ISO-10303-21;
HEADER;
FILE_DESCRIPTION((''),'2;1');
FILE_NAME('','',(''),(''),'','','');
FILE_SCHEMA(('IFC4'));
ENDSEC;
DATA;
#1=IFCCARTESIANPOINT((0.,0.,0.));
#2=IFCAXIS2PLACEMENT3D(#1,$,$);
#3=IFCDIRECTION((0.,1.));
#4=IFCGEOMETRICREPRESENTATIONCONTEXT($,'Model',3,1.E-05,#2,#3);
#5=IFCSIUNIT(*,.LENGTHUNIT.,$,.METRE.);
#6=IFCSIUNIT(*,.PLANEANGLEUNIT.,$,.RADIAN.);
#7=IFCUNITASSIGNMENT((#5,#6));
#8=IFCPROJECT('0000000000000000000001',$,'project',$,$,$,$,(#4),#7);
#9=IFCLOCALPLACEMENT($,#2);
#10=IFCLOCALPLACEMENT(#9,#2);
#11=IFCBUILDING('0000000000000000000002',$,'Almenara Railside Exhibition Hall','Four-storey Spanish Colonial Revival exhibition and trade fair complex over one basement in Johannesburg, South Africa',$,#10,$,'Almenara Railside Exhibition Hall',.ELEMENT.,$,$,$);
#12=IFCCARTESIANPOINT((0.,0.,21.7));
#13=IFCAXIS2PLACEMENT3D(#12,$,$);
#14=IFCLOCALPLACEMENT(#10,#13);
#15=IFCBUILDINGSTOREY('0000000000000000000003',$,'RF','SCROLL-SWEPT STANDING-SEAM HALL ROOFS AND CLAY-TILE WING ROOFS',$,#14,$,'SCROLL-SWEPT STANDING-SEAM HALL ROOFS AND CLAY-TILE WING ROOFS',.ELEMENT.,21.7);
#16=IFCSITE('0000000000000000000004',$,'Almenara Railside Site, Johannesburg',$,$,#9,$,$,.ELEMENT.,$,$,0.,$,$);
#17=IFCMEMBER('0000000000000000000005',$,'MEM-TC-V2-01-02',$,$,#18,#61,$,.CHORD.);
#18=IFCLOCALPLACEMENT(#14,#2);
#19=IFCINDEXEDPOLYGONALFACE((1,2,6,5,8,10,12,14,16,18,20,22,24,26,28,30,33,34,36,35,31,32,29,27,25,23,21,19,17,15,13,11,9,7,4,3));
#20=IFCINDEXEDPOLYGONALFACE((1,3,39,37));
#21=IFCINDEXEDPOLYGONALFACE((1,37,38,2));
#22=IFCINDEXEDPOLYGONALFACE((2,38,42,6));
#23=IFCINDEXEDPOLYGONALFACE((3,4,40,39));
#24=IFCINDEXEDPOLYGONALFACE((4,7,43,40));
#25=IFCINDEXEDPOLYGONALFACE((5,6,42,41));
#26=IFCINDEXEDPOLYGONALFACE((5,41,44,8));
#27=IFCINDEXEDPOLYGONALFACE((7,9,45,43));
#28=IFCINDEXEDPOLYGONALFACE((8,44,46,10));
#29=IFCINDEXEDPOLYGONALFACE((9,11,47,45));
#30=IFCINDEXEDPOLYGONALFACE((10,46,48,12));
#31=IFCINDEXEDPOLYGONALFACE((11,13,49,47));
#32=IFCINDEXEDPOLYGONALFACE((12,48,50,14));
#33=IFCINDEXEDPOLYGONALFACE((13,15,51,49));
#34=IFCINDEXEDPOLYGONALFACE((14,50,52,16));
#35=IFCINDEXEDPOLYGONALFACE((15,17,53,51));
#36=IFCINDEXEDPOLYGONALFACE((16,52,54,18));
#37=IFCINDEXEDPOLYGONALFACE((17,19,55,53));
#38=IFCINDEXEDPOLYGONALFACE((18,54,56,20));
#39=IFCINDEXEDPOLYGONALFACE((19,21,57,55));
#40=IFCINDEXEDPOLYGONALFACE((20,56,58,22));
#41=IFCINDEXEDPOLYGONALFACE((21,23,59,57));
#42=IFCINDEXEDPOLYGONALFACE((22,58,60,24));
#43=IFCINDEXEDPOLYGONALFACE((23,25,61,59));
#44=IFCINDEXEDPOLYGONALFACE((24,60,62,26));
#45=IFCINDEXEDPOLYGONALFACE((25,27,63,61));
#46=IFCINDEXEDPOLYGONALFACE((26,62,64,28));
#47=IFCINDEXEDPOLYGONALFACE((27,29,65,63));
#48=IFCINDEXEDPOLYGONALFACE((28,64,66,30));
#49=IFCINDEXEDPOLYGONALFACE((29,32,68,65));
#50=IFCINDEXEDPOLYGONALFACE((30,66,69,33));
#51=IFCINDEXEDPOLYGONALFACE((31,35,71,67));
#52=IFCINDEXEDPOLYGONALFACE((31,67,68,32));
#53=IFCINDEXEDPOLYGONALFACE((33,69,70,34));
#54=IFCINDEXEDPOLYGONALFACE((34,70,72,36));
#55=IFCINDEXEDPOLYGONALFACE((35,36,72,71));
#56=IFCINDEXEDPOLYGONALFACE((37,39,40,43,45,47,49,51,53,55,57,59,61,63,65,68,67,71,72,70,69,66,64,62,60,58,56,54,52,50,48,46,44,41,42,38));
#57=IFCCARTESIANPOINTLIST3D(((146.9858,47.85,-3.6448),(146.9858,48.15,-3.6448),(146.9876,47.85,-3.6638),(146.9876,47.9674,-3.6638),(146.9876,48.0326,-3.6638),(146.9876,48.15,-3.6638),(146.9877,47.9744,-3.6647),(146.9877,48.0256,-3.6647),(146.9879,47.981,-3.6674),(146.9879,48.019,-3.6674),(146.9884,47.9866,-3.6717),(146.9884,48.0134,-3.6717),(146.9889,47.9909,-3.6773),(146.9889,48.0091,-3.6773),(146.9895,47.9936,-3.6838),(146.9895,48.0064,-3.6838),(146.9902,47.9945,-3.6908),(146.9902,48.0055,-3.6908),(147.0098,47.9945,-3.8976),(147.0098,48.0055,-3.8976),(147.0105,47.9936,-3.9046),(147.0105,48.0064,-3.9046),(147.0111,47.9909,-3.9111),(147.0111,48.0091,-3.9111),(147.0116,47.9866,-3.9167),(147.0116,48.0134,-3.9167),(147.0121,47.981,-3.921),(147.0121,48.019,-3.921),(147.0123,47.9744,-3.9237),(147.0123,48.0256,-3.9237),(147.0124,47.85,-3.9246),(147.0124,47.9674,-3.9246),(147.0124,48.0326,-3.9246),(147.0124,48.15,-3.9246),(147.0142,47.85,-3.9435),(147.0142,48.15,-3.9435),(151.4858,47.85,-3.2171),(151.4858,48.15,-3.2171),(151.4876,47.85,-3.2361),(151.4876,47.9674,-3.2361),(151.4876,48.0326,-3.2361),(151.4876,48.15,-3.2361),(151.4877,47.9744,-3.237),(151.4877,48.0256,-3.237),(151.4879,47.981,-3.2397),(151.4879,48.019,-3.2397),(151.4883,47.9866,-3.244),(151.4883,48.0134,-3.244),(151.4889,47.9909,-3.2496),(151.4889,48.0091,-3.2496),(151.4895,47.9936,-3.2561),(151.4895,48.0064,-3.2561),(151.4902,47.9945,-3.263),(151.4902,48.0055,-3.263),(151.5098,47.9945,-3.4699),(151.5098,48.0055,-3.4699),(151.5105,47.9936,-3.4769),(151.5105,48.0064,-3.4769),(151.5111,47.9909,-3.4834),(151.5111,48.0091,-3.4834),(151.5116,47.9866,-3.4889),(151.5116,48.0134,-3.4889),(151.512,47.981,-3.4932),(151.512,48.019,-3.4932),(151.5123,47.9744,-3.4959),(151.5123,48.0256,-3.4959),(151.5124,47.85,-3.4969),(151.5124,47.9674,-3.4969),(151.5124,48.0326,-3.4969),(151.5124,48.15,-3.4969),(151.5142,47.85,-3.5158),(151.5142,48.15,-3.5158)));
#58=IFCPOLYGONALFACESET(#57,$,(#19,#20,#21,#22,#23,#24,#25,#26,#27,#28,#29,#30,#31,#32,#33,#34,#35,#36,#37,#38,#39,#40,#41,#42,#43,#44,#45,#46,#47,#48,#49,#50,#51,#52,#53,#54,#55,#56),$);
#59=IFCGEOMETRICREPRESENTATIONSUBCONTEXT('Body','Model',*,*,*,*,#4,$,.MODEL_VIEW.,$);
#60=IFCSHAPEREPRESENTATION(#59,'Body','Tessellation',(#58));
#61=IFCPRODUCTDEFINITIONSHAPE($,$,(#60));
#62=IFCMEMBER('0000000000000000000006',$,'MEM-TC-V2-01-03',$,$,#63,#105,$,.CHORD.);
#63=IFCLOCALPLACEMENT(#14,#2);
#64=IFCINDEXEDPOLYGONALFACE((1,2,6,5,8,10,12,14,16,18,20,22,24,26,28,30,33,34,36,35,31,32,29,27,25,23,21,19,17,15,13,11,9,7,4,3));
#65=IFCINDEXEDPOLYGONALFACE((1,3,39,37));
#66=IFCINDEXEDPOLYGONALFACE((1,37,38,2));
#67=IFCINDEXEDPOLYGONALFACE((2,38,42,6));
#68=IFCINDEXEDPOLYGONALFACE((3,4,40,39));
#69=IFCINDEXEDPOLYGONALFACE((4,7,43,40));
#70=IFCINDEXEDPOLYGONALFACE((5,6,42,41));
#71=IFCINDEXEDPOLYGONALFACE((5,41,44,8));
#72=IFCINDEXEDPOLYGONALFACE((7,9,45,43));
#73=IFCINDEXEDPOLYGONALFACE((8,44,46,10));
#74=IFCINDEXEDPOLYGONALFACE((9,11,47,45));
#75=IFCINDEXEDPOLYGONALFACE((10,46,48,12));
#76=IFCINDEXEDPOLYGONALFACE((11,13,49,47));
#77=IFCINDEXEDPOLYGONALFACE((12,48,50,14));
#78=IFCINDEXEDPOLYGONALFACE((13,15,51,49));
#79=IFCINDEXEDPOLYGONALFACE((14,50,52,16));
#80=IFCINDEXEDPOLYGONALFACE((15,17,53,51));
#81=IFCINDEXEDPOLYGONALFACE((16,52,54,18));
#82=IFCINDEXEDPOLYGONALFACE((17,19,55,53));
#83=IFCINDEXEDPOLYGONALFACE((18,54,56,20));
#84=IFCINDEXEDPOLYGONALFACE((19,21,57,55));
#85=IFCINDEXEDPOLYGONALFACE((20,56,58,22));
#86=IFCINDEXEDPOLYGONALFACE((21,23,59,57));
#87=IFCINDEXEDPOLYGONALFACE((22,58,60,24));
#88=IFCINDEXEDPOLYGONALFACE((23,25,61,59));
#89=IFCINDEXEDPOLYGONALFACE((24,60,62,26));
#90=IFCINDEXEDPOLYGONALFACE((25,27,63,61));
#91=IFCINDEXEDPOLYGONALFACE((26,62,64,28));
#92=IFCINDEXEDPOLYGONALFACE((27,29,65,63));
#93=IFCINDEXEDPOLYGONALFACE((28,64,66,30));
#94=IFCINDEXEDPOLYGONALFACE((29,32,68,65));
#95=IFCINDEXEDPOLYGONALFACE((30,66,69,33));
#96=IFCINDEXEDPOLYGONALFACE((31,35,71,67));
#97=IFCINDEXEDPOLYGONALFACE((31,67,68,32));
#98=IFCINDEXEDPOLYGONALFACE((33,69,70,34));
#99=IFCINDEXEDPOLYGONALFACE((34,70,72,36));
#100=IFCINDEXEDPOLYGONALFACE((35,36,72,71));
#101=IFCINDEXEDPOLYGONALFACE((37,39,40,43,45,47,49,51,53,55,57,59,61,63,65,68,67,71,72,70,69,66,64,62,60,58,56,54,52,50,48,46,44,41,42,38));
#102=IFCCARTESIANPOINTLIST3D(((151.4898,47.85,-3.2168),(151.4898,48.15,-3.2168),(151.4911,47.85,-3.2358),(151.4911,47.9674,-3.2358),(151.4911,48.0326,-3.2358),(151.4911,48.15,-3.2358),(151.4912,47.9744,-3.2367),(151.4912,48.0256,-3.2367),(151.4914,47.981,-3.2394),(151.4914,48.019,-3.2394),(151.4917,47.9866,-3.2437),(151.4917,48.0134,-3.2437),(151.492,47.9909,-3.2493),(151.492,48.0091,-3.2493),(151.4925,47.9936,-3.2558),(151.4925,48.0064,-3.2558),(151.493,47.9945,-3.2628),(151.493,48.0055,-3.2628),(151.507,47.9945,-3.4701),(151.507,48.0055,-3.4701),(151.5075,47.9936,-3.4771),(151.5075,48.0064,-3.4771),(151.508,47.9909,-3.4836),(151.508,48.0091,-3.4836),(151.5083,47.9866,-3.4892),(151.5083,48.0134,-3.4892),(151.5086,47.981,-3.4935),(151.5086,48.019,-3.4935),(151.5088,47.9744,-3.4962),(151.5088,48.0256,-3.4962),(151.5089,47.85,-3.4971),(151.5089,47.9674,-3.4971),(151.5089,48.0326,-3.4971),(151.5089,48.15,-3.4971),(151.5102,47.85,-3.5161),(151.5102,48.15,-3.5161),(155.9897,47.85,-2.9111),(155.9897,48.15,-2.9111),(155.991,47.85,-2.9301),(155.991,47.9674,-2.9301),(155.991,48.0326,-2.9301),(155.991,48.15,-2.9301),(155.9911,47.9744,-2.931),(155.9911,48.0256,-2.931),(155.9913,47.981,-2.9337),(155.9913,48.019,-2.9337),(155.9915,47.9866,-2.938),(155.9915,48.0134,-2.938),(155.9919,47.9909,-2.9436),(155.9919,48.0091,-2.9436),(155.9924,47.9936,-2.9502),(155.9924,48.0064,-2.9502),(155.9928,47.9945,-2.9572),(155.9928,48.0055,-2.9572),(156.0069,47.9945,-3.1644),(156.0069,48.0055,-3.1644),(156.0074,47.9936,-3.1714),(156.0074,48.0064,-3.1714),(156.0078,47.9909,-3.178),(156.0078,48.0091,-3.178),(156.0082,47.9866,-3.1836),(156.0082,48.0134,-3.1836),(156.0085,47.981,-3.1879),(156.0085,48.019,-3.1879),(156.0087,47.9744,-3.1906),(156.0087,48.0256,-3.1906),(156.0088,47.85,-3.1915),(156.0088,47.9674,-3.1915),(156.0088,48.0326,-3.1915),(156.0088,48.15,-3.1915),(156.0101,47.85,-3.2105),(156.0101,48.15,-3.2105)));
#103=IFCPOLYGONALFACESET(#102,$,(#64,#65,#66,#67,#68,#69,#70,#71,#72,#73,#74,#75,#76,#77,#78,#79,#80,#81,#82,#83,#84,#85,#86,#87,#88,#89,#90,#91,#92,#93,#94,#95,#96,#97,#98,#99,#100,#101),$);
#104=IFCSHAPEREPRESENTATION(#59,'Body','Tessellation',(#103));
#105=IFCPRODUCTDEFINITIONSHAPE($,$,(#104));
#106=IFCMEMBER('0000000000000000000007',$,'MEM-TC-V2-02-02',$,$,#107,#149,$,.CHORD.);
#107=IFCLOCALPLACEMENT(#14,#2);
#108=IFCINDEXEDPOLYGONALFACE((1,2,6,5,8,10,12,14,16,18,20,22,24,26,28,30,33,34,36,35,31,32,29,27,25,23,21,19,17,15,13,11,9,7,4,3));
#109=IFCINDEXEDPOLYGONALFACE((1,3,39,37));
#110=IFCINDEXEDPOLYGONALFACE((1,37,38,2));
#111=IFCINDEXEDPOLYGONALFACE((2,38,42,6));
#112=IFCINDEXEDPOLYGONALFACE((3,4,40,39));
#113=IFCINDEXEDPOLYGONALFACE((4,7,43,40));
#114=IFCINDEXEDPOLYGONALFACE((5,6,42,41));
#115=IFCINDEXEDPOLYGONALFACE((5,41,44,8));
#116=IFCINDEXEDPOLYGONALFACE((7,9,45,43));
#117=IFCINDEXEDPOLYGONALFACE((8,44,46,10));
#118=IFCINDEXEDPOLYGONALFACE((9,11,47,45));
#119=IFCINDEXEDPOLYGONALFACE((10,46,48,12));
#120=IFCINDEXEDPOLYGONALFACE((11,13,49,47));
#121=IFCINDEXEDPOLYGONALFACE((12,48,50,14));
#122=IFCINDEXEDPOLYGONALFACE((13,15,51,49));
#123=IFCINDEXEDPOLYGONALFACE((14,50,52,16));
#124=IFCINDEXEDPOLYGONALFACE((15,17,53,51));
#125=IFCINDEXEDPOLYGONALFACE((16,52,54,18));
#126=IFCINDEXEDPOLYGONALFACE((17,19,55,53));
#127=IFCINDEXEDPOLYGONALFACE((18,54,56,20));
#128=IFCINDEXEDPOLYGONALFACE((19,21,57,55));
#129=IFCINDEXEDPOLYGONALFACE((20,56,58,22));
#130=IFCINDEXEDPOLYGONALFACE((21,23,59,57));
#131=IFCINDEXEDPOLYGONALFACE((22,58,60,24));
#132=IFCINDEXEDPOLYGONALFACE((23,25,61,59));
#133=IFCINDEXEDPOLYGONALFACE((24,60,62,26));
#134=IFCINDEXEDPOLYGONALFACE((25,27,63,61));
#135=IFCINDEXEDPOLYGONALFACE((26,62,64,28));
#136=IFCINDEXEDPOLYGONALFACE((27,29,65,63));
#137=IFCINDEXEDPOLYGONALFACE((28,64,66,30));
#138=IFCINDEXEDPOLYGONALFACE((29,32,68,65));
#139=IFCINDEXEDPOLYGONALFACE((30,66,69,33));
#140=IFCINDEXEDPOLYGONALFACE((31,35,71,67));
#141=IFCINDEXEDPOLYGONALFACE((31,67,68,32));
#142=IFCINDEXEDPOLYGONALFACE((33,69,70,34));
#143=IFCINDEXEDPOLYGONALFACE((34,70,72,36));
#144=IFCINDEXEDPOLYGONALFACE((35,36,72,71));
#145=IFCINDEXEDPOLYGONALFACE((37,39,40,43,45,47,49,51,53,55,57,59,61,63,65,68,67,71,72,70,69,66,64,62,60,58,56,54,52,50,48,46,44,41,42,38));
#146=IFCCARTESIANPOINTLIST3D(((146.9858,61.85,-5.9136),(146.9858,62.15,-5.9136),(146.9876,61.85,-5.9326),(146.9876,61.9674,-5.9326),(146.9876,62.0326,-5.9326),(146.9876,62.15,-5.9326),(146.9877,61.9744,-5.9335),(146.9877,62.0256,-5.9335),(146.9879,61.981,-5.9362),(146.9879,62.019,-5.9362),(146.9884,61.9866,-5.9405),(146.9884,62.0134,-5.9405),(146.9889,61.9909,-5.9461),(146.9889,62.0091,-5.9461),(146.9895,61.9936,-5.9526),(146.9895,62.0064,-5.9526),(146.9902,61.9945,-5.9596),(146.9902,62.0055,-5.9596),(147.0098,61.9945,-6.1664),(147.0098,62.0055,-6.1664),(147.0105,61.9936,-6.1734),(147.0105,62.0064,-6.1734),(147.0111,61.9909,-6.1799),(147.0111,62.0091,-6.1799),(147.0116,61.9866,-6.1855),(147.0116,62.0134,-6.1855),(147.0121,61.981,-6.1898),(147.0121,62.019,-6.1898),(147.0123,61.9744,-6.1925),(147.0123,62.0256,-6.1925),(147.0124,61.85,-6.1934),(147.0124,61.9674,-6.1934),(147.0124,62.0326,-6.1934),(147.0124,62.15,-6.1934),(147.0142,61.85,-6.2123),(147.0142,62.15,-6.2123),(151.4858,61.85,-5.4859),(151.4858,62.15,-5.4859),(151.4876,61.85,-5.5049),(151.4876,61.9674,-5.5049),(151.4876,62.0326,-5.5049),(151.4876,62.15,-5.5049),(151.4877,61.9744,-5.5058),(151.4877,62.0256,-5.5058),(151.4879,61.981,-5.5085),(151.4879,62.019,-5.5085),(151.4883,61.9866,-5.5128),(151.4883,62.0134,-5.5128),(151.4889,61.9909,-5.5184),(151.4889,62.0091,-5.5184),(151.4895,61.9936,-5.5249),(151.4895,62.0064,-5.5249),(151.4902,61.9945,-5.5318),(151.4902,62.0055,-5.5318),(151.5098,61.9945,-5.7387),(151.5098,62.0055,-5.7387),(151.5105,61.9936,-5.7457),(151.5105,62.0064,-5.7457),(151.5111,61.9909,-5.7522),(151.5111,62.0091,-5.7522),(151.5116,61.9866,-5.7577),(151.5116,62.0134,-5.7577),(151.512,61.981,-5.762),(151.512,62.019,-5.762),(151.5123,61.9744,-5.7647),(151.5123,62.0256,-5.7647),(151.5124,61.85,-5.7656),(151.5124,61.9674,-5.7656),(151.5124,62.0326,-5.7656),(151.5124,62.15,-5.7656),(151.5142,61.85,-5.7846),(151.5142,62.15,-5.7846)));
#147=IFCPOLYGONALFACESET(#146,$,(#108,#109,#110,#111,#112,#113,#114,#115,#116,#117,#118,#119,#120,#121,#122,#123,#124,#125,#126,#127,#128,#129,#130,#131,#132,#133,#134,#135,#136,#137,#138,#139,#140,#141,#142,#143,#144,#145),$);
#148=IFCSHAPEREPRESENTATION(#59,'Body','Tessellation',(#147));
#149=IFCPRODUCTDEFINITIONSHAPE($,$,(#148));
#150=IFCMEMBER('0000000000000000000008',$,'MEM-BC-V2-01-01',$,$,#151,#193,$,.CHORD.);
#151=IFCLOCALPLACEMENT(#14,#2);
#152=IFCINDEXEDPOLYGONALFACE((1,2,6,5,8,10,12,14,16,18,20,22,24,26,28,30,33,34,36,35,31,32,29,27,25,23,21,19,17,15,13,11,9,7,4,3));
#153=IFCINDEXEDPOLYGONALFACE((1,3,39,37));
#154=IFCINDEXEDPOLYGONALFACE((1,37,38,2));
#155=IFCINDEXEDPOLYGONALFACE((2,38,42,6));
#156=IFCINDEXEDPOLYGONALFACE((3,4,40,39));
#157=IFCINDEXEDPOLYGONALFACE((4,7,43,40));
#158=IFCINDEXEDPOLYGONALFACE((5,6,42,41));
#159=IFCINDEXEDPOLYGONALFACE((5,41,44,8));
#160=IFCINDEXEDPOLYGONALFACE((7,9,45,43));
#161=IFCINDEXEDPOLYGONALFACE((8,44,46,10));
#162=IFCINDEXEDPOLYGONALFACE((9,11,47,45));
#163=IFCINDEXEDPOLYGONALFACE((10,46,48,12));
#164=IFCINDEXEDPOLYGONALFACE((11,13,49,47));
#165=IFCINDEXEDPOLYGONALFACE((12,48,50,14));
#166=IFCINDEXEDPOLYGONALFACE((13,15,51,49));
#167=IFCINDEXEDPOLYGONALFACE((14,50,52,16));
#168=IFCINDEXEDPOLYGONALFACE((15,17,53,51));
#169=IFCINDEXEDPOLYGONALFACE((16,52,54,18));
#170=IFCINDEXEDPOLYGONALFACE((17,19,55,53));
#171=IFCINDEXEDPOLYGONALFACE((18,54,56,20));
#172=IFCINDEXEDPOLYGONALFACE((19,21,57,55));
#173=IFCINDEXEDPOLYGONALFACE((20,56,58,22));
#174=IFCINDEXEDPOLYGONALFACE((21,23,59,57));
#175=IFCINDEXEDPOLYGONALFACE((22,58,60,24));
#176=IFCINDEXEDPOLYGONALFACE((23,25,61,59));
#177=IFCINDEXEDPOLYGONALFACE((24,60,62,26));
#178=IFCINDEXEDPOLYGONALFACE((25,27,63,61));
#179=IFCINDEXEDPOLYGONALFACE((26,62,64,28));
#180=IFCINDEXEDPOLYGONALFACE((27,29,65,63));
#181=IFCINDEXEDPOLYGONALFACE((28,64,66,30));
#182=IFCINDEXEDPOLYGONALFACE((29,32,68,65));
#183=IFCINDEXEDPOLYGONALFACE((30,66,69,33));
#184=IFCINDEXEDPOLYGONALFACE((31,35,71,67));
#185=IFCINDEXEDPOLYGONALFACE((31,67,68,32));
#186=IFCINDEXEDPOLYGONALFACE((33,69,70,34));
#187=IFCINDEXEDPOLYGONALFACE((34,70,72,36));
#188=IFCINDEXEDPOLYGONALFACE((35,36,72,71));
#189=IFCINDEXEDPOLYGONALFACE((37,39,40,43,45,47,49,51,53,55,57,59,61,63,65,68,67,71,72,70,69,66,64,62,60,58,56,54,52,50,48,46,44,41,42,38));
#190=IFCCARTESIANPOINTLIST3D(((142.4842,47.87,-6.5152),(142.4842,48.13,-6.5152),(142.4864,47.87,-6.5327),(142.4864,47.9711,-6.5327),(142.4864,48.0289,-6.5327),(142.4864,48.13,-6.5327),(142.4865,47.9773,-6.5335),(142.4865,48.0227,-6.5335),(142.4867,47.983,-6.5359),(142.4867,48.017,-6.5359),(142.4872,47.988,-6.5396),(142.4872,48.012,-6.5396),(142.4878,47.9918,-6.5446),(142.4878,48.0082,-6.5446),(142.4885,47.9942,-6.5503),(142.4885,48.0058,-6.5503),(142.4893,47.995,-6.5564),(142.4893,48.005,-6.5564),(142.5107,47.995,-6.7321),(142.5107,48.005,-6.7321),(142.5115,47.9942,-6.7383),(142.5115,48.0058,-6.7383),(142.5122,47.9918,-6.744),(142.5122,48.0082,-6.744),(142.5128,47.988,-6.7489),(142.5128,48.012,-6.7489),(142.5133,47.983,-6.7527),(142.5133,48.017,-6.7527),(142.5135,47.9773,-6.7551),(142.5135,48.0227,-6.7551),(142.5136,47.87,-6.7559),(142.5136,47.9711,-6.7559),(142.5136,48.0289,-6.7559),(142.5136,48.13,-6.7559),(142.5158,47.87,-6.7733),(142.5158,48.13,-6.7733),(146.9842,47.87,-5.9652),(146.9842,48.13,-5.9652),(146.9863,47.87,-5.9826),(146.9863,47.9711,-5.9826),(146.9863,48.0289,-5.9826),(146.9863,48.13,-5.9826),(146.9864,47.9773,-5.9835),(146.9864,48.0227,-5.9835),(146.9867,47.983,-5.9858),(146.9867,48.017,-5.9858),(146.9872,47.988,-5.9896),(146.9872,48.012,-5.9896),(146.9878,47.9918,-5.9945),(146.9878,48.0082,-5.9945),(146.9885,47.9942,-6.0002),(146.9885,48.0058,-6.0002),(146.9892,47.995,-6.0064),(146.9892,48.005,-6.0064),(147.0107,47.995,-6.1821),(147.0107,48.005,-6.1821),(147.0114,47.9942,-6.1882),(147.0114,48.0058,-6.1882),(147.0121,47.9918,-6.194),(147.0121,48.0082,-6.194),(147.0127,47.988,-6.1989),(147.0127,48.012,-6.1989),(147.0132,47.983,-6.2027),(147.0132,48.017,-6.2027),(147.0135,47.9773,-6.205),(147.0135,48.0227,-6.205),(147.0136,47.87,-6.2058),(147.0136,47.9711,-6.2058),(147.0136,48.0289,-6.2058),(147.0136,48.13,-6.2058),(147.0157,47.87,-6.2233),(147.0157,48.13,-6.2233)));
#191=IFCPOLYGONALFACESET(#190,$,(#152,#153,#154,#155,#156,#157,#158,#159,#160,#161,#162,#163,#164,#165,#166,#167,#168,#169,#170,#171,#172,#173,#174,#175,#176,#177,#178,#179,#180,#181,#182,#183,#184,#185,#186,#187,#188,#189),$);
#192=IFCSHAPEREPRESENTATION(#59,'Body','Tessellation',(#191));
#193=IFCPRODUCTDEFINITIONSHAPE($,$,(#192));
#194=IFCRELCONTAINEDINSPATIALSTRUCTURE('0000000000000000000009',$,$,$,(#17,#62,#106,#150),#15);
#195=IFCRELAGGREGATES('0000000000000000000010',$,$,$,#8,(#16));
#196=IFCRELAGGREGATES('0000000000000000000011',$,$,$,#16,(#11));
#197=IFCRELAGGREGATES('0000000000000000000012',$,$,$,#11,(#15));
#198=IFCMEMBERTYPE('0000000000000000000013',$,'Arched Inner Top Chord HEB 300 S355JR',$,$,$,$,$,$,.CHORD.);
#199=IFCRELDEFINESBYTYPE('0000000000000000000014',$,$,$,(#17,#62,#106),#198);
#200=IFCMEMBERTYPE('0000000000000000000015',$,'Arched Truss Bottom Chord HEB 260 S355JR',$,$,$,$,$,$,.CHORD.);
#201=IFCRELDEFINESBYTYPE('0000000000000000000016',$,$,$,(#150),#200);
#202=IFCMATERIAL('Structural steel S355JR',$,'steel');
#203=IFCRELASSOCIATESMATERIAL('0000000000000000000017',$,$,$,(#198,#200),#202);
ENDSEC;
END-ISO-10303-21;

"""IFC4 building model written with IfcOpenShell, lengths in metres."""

from ifc_helpers import new_model, si_unit, direction, frame, origin, origin_2d, place, context, subcontext, project, spatial, i_section, extrude, material, material_profile, profile_set, type_object, element, save


model = new_model("IFC4")

# Units and contexts
model_context = context("Model", 3, precision=1e-05, world=origin(), true_north=direction((0.0, 1.0)))
body_context = subcontext(model_context, "Body", "Model", "MODEL_VIEW")
ifc_project = project(units=[si_unit("LENGTHUNIT", "METRE"), si_unit("PLANEANGLEUNIT", "RADIAN")], contexts=[model_context])

# Site, building, storey
site_placement = place(None, origin())
site = spatial("IfcSite", under=ifc_project, at=site_placement, Name="Almenara Railside Site, Johannesburg", CompositionType="ELEMENT", RefElevation=0.0)
building_placement = place(site_placement, origin())
building = spatial("IfcBuilding", under=site, at=building_placement, Name="Almenara Railside Exhibition Hall", Description="Four-storey Spanish Colonial Revival exhibition and trade fair complex over one basement in Johannesburg, South Africa", LongName="Almenara Railside Exhibition Hall", CompositionType="ELEMENT")
storey_placement = place(building_placement, frame((0.0, 0.0, 21.7)))
storey = spatial("IfcBuildingStorey", under=building, at=storey_placement, Name="RF", Description="SCROLL-SWEPT STANDING-SEAM HALL ROOFS AND CLAY-TILE WING ROOFS", LongName="SCROLL-SWEPT STANDING-SEAM HALL ROOFS AND CLAY-TILE WING ROOFS", CompositionType="ELEMENT", Elevation=21.7)

# Members
ifc_material = material(Name="Structural steel S355JR", Category="steel")
ifc_material_profile_1 = material_profile(ifc_material, i_section(OverallWidth=0.3, OverallDepth=0.3, WebThickness=0.011, FlangeThickness=0.019, FilletRadius=0.0271, at=origin_2d()), Name="HEB 300")
ifc_profile_set_1 = profile_set([ifc_material_profile_1], Name="Structural steel S355JR")
member_type_1 = type_object("IfcMemberType", Name="Arched Inner Top Chord HEB 300 S355JR", PredefinedType="CHORD", material=ifc_profile_set_1)
member_1_placement = place(storey_placement, frame((147.0, 48.0, -3.7942), z_axis=(0.995513, 0.0, 0.094626), x_axis=(0.0, 1.0, 0.0)))
element("IfcMember", 1, at=member_1_placement, inside=storey, type_object=member_type_1, Name="MEM-TC-V2-01-02", PredefinedType="CHORD", context=body_context, shape_type="SweptSolid", body=[
    extrude(i_section(OverallWidth=0.3, OverallDepth=0.3, WebThickness=0.011, FlangeThickness=0.019, FilletRadius=0.0271, at=origin_2d()), origin(), (0.0, 0.0, 1.0), 4.5203),
])
member_2_placement = place(storey_placement, frame((151.5, 48.0, -3.3665), z_axis=(0.997701, 0.0, 0.067769), x_axis=(0.0, 1.0, 0.0)))
element("IfcMember", 2, at=member_2_placement, inside=storey, type_object=member_type_1, Name="MEM-TC-V2-01-03", PredefinedType="CHORD", context=body_context, shape_type="SweptSolid", body=[
    extrude(i_section(OverallWidth=0.3, OverallDepth=0.3, WebThickness=0.011, FlangeThickness=0.019, FilletRadius=0.0271, at=origin_2d()), origin(), (0.0, 0.0, 1.0), 4.5103),
])
member_3_placement = place(storey_placement, frame((147.0, 62.0, -6.063), z_axis=(0.995513, 0.0, 0.094626), x_axis=(0.0, 1.0, 0.0)))
element("IfcMember", 3, at=member_3_placement, inside=storey, type_object=member_type_1, Name="MEM-TC-V2-02-02", PredefinedType="CHORD", context=body_context, shape_type="SweptSolid", body=[
    extrude(i_section(OverallWidth=0.3, OverallDepth=0.3, WebThickness=0.011, FlangeThickness=0.019, FilletRadius=0.0271, at=origin_2d()), origin(), (0.0, 0.0, 1.0), 4.5203),
])
ifc_material_profile_2 = material_profile(ifc_material, i_section(OverallWidth=0.26, OverallDepth=0.26, WebThickness=0.01, FlangeThickness=0.0176, FilletRadius=0.0239, at=origin_2d()), Name="HEB 260")
ifc_profile_set_2 = profile_set([ifc_material_profile_2], Name="Structural steel S355JR")
member_type_2 = type_object("IfcMemberType", Name="Arched Truss Bottom Chord HEB 260 S355JR", PredefinedType="CHORD", material=ifc_profile_set_2)
for number, where, z_axis, x_axis, name in (
    (4, (142.5, 48.0, -6.6443), (0.992612, 0.0, 0.12133), (0.0, 1.0, 0.0), "MEM-BC-V2-01-01"),
):
    element("IfcMember", number, at=place(storey_placement, frame(where, z_axis=z_axis, x_axis=x_axis)), inside=storey, type_object=member_type_2, Name=name, PredefinedType="CHORD", context=body_context, shape_type="SweptSolid", body=[
        extrude(i_section(OverallWidth=0.26, OverallDepth=0.26, WebThickness=0.01, FlangeThickness=0.0176, FilletRadius=0.0239, at=origin_2d()), origin(), (0.0, 0.0, 1.0), 4.5334),
    ])

save(model, "model.ifc")
